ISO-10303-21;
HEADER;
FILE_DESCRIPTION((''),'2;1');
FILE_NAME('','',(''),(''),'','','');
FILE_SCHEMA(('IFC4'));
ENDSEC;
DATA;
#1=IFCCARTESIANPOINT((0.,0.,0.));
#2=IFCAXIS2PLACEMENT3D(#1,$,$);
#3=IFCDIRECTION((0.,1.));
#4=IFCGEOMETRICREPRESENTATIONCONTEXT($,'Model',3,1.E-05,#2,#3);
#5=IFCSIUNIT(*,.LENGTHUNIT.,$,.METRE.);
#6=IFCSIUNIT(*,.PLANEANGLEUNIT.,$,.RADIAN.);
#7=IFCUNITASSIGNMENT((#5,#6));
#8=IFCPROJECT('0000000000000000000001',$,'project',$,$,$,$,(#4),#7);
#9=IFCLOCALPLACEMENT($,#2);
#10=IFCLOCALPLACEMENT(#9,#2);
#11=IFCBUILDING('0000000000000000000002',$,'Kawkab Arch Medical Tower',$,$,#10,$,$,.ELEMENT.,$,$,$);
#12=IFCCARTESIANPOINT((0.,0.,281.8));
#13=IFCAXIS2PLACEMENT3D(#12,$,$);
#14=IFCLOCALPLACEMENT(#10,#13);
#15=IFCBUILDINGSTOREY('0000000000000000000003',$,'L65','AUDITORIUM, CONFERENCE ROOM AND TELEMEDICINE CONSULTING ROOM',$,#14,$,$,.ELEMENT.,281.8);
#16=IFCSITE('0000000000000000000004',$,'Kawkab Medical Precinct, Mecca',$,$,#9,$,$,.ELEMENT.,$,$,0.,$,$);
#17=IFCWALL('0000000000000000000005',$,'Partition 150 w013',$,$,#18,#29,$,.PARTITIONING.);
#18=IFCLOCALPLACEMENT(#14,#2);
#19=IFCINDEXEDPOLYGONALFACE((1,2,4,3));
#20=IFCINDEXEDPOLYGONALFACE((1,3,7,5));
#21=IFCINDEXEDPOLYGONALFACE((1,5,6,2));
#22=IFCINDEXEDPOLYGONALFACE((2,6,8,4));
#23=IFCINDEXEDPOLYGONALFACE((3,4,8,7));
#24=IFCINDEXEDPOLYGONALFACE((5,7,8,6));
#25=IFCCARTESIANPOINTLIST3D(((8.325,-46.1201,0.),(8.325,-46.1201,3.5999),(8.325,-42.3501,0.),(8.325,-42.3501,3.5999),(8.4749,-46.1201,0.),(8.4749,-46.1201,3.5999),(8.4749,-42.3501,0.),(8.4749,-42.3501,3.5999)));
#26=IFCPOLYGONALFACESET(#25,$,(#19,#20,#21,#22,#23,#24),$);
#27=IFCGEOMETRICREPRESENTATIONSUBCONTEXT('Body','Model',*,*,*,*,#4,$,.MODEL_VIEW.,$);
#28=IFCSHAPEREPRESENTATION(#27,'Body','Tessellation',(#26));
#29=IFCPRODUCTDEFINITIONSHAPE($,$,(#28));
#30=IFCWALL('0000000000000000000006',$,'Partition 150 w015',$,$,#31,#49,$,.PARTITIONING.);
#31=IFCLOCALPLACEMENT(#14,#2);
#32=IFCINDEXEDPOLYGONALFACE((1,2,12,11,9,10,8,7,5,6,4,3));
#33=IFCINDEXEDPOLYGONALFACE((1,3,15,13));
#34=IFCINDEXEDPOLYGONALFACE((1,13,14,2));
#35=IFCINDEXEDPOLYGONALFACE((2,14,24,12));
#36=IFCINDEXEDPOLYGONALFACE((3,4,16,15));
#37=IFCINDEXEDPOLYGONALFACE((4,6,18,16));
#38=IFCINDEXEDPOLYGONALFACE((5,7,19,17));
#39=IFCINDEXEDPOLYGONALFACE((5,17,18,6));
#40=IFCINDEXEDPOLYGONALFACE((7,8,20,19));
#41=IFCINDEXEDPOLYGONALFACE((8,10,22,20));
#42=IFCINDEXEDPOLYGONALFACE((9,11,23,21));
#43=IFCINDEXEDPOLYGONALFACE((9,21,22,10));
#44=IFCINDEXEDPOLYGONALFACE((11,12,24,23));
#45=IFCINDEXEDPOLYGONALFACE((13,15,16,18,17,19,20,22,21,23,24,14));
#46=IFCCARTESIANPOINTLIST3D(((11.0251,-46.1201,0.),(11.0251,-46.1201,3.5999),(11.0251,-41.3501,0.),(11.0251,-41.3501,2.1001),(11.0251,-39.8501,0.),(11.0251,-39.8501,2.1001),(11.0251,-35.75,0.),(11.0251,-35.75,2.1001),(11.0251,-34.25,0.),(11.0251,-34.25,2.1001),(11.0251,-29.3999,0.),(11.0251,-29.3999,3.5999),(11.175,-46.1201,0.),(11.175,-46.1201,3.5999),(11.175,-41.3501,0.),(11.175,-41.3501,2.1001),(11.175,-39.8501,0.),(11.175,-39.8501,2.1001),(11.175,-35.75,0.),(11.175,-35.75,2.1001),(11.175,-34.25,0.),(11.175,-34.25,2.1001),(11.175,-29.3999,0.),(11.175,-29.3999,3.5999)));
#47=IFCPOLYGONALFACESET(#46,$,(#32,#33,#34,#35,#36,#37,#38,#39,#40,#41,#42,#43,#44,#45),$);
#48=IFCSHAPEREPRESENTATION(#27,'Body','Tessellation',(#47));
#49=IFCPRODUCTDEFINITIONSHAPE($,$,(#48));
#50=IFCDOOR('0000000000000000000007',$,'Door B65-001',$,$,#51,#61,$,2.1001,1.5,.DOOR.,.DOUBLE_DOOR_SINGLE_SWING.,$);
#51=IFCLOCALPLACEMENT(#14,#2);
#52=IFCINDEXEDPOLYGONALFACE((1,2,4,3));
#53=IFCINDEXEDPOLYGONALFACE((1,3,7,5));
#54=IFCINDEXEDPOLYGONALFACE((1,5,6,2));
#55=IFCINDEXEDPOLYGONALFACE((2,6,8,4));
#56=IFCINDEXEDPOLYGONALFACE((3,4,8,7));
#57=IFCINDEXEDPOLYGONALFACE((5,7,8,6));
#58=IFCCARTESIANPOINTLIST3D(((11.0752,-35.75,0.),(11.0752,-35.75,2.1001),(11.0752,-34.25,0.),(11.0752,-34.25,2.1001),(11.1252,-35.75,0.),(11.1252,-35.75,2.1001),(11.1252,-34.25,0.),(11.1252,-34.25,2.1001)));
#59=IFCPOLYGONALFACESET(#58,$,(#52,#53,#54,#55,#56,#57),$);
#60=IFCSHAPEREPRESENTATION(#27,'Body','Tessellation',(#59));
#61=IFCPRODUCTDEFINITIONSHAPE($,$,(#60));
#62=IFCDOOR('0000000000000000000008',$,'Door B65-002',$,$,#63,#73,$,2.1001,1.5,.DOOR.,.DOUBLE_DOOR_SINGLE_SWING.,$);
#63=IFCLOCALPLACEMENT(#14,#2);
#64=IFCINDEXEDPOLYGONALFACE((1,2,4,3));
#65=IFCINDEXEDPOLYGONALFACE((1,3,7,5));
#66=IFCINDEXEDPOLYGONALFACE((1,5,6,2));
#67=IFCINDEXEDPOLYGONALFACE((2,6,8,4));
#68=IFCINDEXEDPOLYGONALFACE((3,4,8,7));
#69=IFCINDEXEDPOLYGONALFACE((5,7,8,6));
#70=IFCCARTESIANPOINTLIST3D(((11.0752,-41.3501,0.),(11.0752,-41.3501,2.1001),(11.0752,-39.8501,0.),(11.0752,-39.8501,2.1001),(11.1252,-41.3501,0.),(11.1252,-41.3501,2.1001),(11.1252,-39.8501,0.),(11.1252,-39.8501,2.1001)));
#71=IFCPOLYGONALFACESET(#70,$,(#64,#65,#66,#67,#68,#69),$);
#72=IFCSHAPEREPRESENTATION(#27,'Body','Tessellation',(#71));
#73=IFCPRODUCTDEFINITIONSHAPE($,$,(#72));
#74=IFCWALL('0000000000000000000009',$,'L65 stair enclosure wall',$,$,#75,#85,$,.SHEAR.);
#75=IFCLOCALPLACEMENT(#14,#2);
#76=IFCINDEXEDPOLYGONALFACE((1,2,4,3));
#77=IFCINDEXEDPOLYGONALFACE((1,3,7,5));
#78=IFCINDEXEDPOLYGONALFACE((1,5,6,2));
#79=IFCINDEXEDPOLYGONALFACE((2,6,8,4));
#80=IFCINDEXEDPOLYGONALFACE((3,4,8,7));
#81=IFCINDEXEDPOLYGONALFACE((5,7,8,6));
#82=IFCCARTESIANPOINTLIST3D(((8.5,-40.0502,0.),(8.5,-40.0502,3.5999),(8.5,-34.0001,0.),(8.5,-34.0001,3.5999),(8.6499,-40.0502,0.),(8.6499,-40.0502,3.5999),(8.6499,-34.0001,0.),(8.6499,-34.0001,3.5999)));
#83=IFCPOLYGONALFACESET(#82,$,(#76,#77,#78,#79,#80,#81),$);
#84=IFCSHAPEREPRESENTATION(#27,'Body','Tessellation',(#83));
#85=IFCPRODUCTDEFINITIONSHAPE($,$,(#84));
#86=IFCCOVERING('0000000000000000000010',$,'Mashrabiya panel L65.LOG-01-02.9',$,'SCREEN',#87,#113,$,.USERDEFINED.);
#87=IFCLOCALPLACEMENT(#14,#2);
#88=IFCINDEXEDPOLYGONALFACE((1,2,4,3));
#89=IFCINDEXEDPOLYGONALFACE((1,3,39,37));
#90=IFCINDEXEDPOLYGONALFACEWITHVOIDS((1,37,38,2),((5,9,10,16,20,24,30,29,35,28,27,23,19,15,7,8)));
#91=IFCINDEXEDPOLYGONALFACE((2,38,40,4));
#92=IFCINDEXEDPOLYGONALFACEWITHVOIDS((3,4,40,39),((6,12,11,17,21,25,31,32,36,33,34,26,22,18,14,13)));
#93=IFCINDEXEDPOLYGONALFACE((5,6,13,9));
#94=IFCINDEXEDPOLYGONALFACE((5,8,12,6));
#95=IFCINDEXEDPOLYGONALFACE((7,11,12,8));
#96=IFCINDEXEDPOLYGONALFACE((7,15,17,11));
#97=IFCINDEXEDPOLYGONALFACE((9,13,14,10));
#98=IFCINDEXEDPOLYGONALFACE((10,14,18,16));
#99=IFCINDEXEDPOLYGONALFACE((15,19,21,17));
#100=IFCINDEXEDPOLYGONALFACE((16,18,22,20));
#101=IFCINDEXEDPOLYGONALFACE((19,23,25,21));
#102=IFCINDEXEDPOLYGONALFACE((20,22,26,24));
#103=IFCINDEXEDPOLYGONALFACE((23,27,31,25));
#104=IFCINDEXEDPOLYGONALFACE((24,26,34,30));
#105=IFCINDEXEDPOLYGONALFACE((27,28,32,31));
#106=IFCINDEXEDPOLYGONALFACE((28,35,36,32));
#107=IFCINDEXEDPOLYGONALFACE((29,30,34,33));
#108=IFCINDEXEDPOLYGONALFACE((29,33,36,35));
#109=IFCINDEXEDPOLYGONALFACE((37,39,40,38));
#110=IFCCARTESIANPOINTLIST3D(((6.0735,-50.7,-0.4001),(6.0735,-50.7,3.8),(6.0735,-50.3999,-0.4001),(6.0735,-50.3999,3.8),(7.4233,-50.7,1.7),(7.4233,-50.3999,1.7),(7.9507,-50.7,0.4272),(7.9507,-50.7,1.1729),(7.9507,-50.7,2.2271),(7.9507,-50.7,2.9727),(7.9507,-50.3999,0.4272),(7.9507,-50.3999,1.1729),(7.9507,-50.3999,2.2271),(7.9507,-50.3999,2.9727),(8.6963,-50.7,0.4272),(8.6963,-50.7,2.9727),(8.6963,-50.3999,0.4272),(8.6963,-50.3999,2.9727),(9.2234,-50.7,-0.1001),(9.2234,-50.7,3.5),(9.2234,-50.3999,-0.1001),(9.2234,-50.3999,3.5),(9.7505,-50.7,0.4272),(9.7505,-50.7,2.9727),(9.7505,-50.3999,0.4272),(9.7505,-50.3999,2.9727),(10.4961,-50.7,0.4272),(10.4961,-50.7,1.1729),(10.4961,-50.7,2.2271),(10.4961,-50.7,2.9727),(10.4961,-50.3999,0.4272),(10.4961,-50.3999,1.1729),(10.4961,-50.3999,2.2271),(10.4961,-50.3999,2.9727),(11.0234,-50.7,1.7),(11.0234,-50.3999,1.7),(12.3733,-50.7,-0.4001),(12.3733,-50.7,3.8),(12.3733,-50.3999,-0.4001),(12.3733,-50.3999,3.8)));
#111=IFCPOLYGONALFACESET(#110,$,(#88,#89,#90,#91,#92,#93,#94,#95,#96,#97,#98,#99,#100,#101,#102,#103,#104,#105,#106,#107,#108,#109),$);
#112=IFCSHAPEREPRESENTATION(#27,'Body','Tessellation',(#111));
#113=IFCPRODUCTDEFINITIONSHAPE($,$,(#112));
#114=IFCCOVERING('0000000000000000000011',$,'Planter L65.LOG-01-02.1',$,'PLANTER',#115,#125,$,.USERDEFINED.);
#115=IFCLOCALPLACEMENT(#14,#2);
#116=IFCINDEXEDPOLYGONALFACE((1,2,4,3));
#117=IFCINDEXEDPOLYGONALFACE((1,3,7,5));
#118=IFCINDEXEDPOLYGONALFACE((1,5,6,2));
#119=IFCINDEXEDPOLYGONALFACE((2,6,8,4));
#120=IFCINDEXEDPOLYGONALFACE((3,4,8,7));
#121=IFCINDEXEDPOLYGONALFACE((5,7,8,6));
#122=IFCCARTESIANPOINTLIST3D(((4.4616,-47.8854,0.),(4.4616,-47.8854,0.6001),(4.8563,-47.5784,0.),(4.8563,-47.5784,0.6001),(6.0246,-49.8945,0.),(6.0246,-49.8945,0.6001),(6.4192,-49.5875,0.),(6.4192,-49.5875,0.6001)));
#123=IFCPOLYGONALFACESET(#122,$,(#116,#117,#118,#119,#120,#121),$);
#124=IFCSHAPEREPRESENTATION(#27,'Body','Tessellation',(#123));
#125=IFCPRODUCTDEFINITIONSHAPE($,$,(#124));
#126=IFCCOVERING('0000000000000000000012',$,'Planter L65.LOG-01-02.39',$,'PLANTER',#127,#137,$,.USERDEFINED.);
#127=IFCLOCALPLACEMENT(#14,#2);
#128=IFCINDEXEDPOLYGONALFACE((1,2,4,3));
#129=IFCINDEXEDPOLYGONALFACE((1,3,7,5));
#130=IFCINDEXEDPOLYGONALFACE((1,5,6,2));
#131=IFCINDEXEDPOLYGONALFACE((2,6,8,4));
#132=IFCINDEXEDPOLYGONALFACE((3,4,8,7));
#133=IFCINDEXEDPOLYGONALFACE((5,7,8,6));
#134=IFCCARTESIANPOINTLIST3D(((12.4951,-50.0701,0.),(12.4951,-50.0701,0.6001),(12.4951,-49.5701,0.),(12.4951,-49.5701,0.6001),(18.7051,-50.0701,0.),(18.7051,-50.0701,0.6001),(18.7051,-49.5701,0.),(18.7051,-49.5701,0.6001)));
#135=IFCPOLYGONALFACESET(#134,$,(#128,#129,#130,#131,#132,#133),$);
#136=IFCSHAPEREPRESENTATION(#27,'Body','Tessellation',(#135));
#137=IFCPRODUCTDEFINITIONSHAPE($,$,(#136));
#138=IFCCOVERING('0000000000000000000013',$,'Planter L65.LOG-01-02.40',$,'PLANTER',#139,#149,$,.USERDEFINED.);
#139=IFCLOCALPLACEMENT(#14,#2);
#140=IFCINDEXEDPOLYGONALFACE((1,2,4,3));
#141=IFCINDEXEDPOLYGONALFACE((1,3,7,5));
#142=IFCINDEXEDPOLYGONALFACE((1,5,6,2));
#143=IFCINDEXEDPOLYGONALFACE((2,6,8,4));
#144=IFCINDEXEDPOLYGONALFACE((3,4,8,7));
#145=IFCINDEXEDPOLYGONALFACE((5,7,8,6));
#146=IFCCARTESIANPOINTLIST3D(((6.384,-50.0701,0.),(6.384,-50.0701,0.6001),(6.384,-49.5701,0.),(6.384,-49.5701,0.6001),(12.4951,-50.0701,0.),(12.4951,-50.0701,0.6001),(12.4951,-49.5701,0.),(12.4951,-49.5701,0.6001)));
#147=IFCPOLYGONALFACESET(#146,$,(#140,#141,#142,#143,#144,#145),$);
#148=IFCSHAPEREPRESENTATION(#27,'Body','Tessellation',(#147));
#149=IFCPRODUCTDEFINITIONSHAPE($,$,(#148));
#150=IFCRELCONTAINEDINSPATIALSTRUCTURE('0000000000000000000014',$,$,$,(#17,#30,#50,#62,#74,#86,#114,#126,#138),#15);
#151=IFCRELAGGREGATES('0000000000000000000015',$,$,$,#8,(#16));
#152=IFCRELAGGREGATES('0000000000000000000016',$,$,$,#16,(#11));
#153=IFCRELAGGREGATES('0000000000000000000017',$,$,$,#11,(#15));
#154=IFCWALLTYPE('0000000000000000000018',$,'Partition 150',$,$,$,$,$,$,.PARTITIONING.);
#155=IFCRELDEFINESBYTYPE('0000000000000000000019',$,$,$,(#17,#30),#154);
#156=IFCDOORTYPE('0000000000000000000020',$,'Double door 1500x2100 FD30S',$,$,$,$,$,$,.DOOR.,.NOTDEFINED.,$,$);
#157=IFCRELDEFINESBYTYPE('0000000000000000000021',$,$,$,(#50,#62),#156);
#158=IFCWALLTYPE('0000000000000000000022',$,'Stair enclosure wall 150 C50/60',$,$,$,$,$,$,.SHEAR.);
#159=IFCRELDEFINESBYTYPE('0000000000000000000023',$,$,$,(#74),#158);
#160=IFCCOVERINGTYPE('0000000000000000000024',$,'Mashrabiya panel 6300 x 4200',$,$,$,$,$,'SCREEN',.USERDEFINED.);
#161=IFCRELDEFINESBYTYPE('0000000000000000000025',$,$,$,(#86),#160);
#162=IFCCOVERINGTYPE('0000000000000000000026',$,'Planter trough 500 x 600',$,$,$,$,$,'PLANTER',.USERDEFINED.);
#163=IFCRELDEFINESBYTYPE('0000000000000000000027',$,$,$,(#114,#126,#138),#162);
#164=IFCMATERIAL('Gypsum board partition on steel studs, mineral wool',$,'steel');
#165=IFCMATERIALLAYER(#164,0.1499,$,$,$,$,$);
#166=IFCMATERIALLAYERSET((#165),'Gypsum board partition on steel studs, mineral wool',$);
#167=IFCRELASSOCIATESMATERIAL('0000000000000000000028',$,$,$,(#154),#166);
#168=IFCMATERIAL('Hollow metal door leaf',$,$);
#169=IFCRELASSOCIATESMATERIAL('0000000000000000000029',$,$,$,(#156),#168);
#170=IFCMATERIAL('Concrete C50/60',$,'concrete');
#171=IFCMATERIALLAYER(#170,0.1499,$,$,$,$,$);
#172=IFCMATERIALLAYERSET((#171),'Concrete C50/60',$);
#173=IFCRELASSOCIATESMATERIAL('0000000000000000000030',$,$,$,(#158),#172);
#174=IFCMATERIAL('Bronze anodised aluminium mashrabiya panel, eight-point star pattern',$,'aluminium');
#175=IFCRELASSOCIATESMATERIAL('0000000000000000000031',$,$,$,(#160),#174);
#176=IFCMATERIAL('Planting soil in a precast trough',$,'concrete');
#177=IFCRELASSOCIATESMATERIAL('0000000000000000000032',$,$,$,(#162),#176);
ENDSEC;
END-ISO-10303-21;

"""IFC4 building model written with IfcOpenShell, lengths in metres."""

from ifc_helpers import new_model, si_unit, direction, frame, frame_2d, origin, origin_2d, place, context, subcontext, project, spatial, polyline, rectangle, outline, extrude, material, layer, layer_set, material_profile, profile_set, type_object, element, fill, save


model = new_model("IFC4")

# Units and contexts
model_context = context("Model", 3, precision=1e-05, world=origin(), true_north=direction((0.0, 1.0)))
body_context = subcontext(model_context, "Body", "Model", "MODEL_VIEW")
ifc_project = project(units=[si_unit("LENGTHUNIT", "METRE"), si_unit("PLANEANGLEUNIT", "RADIAN")], contexts=[model_context])

# Site, building, storey
site_placement = place(None, origin())
site = spatial("IfcSite", under=ifc_project, at=site_placement, Name="Kawkab Medical Precinct, Mecca", CompositionType="ELEMENT", RefElevation=0.0)
building_placement = place(site_placement, origin())
building = spatial("IfcBuilding", under=site, at=building_placement, Name="Kawkab Arch Medical Tower", CompositionType="ELEMENT")
storey_placement = place(building_placement, frame((0.0, 0.0, 281.8)))
storey = spatial("IfcBuildingStorey", under=building, at=storey_placement, Name="L65", Description="AUDITORIUM, CONFERENCE ROOM AND TELEMEDICINE CONSULTING ROOM", CompositionType="ELEMENT", Elevation=281.8)

# Wall
ifc_material_1 = material(Name="Gypsum board partition on steel studs, mineral wool", Category="steel")
ifc_layer_1 = layer(ifc_material_1, 0.1499)
ifc_layer_set_1 = layer_set([ifc_layer_1], Name="Gypsum board partition on steel studs, mineral wool")
wall_type_1 = type_object("IfcWallType", Name="Partition 150", PredefinedType="PARTITIONING", material=ifc_layer_set_1)
wall_1_placement = place(storey_placement, frame((8.3999, -46.1201, 0.0), z_axis=(0.0, 0.0, 1.0), x_axis=(0.0, 1.0, 0.0)))
element("IfcWall", 1, at=wall_1_placement, inside=storey, type_object=wall_type_1, Name="Partition 150 w013", PredefinedType="PARTITIONING", context=body_context, shape_type="SweptSolid", body=[
    extrude(rectangle(XDim=3.77, YDim=0.1499, at=frame_2d((1.885, 0.0))), origin(), (0.0, 0.0, 1.0), 3.5999),
])

# Wall, openings, doors
wall_2_placement = place(storey_placement, frame((11.1001, -46.1201, 0.0), z_axis=(0.0, 0.0, 1.0), x_axis=(0.0, 1.0, 0.0)))
wall_2 = element("IfcWall", 2, at=wall_2_placement, inside=storey, type_object=wall_type_1, Name="Partition 150 w015", PredefinedType="PARTITIONING", context=body_context, shape_type="SweptSolid", body=[
    extrude(rectangle(XDim=16.7202, YDim=0.1499, at=frame_2d((8.3601, 0.0))), origin(), (0.0, 0.0, 1.0), 3.5999),
])
opening_1_placement = place(wall_2_placement, frame((10.3701, 0.0, 0.0)))
opening_1 = element("IfcOpeningElement", 3, at=opening_1_placement, cuts=wall_2, PredefinedType="OPENING", context=body_context, shape_type="SweptSolid", body=[
    extrude(rectangle(XDim=1.5, YDim=2.1001, at=frame_2d((0.75, 1.05))), frame((0.0, 0.085, 0.0), z_axis=(0.0, -1.0, 0.0), x_axis=(1.0, 0.0, 0.0)), (0.0, 0.0, 1.0), 0.1699),
])
opening_2_placement = place(wall_2_placement, frame((4.77, 0.0, 0.0)))
opening_2 = element("IfcOpeningElement", 4, at=opening_2_placement, cuts=wall_2, PredefinedType="OPENING", context=body_context, shape_type="SweptSolid", body=[
    extrude(rectangle(XDim=1.5, YDim=2.1001, at=frame_2d((0.75, 1.05))), frame((0.0, 0.085, 0.0), z_axis=(0.0, -1.0, 0.0), x_axis=(1.0, 0.0, 0.0)), (0.0, 0.0, 1.0), 0.1699),
])
ifc_material_2 = material(Name="Hollow metal door leaf")
door_type_1 = type_object("IfcDoorType", Name="Double door 1500x2100 FD30S", OperationType="NOTDEFINED", PredefinedType="DOOR", material=ifc_material_2)
door_1_placement = place(opening_1_placement, origin())
door_1 = element("IfcDoor", 5, at=door_1_placement, inside=storey, type_object=door_type_1, Name="Door B65-001", OperationType="DOUBLE_DOOR_SINGLE_SWING", OverallHeight=2.1001, OverallWidth=1.5, PredefinedType="DOOR", context=body_context, shape_type="SweptSolid", body=[
    extrude(rectangle(XDim=1.5, YDim=2.1001, at=frame_2d((0.75, 1.05))), frame((0.0, 0.0249, 0.0), z_axis=(0.0, -1.0, 0.0), x_axis=(1.0, 0.0, 0.0)), (0.0, 0.0, 1.0), 0.05),
])
fill(opening_1, door_1)
door_2_placement = place(opening_2_placement, origin())
door_2 = element("IfcDoor", 6, at=door_2_placement, inside=storey, type_object=door_type_1, Name="Door B65-002", OperationType="DOUBLE_DOOR_SINGLE_SWING", OverallHeight=2.1001, OverallWidth=1.5, PredefinedType="DOOR", context=body_context, shape_type="SweptSolid", body=[
    extrude(rectangle(XDim=1.5, YDim=2.1001, at=frame_2d((0.75, 1.05))), frame((0.0, 0.0249, 0.0), z_axis=(0.0, -1.0, 0.0), x_axis=(1.0, 0.0, 0.0)), (0.0, 0.0, 1.0), 0.05),
])
fill(opening_2, door_2)

# Wall
ifc_material_3 = material(Name="Concrete C50/60", Category="concrete")
ifc_layer_2 = layer(ifc_material_3, 0.1499)
ifc_layer_set_2 = layer_set([ifc_layer_2], Name="Concrete C50/60")
wall_type_2 = type_object("IfcWallType", Name="Stair enclosure wall 150 C50/60", PredefinedType="SHEAR", material=ifc_layer_set_2)
wall_3_placement = place(storey_placement, frame((8.575, -40.05, 0.0), z_axis=(0.0, 0.0, 1.0), x_axis=(0.0, 1.0, 0.0)))
element("IfcWall", 7, at=wall_3_placement, inside=storey, type_object=wall_type_2, Name="L65 stair enclosure wall", PredefinedType="SHEAR", context=body_context, shape_type="SweptSolid", body=[
    extrude(rectangle(XDim=6.05, YDim=0.1499, at=frame_2d((3.0249, 0.0))), origin(), (0.0, 0.0, 1.0), 3.5999),
])

# Coverings
ifc_material_4 = material(Name="Bronze anodised aluminium mashrabiya panel, eight-point star pattern", Category="aluminium")
ifc_material_profile_1 = material_profile(ifc_material_4, outline(polyline([(-3.1499, -2.1001), (3.1499, -2.1001), (3.1499, 2.1001), (-3.1499, 2.1001), (-3.1499, -2.1001)]), holes=[polyline([(1.8, 0.0), (1.2727, 0.5271), (1.2727, 1.2727), (0.5271, 1.2727), (0.0, 1.8), (-0.5271, 1.2727), (-1.2727, 1.2727), (-1.2727, 0.5271), (-1.8, 0.0), (-1.2727, -0.5271), (-1.2727, -1.2727), (-0.5271, -1.2727), (0.0, -1.8), (0.5271, -1.2727), (1.2727, -1.2727), (1.2727, -0.5271), (1.8, 0.0)])]), Name="Mashrabiya panel 6300x4200")
ifc_profile_set_1 = profile_set([ifc_material_profile_1], Name="Bronze anodised aluminium mashrabiya panel, eight-point star pattern")
covering_type_1 = type_object("IfcCoveringType", Name="Mashrabiya panel 6300 x 4200", ElementType="SCREEN", PredefinedType="USERDEFINED", material=ifc_profile_set_1)
covering_1_placement = place(storey_placement, frame((9.2234, -50.3999, 1.7), z_axis=(0.0, -1.0, 0.0), x_axis=(1.0, 0.0, 0.0)))
element("IfcCovering", 8, at=covering_1_placement, inside=storey, type_object=covering_type_1, Name="Mashrabiya panel L65.LOG-01-02.9", ObjectType="SCREEN", PredefinedType="USERDEFINED", context=body_context, shape_type="SweptSolid", body=[
    extrude(outline(polyline([(-3.1499, -2.1001), (3.1499, -2.1001), (3.1499, 2.1001), (-3.1499, 2.1001), (-3.1499, -2.1001)]), holes=[polyline([(1.8, 0.0), (1.2727, 0.5271), (1.2727, 1.2727), (0.5271, 1.2727), (0.0, 1.8), (-0.5271, 1.2727), (-1.2727, 1.2727), (-1.2727, 0.5271), (-1.8, 0.0), (-1.2727, -0.5271), (-1.2727, -1.2727), (-0.5271, -1.2727), (0.0, -1.8), (0.5271, -1.2727), (1.2727, -1.2727), (1.2727, -0.5271), (1.8, 0.0)])]), origin(), (0.0, 0.0, 1.0), 0.3),
])
ifc_material_5 = material(Name="Planting soil in a precast trough", Category="concrete")
ifc_material_profile_2 = material_profile(ifc_material_5, rectangle(XDim=0.5, YDim=0.6001, at=origin_2d()), Name="Trough 500x600")
ifc_profile_set_2 = profile_set([ifc_material_profile_2], Name="Planting soil in a precast trough")
covering_type_2 = type_object("IfcCoveringType", Name="Planter trough 500 x 600", ElementType="PLANTER", PredefinedType="USERDEFINED", material=ifc_profile_set_2)
covering_2_placement = place(storey_placement, frame((6.2219, -49.741, 0.3), z_axis=(-0.61404, 0.789275, 0.0), x_axis=(-0.789275, -0.61404, 0.0)))
element("IfcCovering", 9, at=covering_2_placement, inside=storey, type_object=covering_type_2, Name="Planter L65.LOG-01-02.1", ObjectType="PLANTER", PredefinedType="USERDEFINED", context=body_context, shape_type="SweptSolid", body=[
    extrude(rectangle(XDim=0.5, YDim=0.6001, at=origin_2d()), origin(), (0.0, 0.0, 1.0), 2.5454),
])
covering_3_placement = place(storey_placement, frame((18.7051, -49.8201, 0.3), z_axis=(-1.0, 0.0, 0.0), x_axis=(0.0, -1.0, 0.0)))
element("IfcCovering", 10, at=covering_3_placement, inside=storey, type_object=covering_type_2, Name="Planter L65.LOG-01-02.39", ObjectType="PLANTER", PredefinedType="USERDEFINED", context=body_context, shape_type="SweptSolid", body=[
    extrude(rectangle(XDim=0.5, YDim=0.6001, at=origin_2d()), origin(), (0.0, 0.0, 1.0), 6.21),
])
covering_4_placement = place(storey_placement, frame((12.4951, -49.8201, 0.3), z_axis=(-1.0, 0.0, 0.0), x_axis=(0.0, -1.0, 0.0)))
element("IfcCovering", 11, at=covering_4_placement, inside=storey, type_object=covering_type_2, Name="Planter L65.LOG-01-02.40", ObjectType="PLANTER", PredefinedType="USERDEFINED", context=body_context, shape_type="SweptSolid", body=[
    extrude(rectangle(XDim=0.5, YDim=0.6001, at=origin_2d()), origin(), (0.0, 0.0, 1.0), 6.1111),
])

save(model, "model.ifc")
